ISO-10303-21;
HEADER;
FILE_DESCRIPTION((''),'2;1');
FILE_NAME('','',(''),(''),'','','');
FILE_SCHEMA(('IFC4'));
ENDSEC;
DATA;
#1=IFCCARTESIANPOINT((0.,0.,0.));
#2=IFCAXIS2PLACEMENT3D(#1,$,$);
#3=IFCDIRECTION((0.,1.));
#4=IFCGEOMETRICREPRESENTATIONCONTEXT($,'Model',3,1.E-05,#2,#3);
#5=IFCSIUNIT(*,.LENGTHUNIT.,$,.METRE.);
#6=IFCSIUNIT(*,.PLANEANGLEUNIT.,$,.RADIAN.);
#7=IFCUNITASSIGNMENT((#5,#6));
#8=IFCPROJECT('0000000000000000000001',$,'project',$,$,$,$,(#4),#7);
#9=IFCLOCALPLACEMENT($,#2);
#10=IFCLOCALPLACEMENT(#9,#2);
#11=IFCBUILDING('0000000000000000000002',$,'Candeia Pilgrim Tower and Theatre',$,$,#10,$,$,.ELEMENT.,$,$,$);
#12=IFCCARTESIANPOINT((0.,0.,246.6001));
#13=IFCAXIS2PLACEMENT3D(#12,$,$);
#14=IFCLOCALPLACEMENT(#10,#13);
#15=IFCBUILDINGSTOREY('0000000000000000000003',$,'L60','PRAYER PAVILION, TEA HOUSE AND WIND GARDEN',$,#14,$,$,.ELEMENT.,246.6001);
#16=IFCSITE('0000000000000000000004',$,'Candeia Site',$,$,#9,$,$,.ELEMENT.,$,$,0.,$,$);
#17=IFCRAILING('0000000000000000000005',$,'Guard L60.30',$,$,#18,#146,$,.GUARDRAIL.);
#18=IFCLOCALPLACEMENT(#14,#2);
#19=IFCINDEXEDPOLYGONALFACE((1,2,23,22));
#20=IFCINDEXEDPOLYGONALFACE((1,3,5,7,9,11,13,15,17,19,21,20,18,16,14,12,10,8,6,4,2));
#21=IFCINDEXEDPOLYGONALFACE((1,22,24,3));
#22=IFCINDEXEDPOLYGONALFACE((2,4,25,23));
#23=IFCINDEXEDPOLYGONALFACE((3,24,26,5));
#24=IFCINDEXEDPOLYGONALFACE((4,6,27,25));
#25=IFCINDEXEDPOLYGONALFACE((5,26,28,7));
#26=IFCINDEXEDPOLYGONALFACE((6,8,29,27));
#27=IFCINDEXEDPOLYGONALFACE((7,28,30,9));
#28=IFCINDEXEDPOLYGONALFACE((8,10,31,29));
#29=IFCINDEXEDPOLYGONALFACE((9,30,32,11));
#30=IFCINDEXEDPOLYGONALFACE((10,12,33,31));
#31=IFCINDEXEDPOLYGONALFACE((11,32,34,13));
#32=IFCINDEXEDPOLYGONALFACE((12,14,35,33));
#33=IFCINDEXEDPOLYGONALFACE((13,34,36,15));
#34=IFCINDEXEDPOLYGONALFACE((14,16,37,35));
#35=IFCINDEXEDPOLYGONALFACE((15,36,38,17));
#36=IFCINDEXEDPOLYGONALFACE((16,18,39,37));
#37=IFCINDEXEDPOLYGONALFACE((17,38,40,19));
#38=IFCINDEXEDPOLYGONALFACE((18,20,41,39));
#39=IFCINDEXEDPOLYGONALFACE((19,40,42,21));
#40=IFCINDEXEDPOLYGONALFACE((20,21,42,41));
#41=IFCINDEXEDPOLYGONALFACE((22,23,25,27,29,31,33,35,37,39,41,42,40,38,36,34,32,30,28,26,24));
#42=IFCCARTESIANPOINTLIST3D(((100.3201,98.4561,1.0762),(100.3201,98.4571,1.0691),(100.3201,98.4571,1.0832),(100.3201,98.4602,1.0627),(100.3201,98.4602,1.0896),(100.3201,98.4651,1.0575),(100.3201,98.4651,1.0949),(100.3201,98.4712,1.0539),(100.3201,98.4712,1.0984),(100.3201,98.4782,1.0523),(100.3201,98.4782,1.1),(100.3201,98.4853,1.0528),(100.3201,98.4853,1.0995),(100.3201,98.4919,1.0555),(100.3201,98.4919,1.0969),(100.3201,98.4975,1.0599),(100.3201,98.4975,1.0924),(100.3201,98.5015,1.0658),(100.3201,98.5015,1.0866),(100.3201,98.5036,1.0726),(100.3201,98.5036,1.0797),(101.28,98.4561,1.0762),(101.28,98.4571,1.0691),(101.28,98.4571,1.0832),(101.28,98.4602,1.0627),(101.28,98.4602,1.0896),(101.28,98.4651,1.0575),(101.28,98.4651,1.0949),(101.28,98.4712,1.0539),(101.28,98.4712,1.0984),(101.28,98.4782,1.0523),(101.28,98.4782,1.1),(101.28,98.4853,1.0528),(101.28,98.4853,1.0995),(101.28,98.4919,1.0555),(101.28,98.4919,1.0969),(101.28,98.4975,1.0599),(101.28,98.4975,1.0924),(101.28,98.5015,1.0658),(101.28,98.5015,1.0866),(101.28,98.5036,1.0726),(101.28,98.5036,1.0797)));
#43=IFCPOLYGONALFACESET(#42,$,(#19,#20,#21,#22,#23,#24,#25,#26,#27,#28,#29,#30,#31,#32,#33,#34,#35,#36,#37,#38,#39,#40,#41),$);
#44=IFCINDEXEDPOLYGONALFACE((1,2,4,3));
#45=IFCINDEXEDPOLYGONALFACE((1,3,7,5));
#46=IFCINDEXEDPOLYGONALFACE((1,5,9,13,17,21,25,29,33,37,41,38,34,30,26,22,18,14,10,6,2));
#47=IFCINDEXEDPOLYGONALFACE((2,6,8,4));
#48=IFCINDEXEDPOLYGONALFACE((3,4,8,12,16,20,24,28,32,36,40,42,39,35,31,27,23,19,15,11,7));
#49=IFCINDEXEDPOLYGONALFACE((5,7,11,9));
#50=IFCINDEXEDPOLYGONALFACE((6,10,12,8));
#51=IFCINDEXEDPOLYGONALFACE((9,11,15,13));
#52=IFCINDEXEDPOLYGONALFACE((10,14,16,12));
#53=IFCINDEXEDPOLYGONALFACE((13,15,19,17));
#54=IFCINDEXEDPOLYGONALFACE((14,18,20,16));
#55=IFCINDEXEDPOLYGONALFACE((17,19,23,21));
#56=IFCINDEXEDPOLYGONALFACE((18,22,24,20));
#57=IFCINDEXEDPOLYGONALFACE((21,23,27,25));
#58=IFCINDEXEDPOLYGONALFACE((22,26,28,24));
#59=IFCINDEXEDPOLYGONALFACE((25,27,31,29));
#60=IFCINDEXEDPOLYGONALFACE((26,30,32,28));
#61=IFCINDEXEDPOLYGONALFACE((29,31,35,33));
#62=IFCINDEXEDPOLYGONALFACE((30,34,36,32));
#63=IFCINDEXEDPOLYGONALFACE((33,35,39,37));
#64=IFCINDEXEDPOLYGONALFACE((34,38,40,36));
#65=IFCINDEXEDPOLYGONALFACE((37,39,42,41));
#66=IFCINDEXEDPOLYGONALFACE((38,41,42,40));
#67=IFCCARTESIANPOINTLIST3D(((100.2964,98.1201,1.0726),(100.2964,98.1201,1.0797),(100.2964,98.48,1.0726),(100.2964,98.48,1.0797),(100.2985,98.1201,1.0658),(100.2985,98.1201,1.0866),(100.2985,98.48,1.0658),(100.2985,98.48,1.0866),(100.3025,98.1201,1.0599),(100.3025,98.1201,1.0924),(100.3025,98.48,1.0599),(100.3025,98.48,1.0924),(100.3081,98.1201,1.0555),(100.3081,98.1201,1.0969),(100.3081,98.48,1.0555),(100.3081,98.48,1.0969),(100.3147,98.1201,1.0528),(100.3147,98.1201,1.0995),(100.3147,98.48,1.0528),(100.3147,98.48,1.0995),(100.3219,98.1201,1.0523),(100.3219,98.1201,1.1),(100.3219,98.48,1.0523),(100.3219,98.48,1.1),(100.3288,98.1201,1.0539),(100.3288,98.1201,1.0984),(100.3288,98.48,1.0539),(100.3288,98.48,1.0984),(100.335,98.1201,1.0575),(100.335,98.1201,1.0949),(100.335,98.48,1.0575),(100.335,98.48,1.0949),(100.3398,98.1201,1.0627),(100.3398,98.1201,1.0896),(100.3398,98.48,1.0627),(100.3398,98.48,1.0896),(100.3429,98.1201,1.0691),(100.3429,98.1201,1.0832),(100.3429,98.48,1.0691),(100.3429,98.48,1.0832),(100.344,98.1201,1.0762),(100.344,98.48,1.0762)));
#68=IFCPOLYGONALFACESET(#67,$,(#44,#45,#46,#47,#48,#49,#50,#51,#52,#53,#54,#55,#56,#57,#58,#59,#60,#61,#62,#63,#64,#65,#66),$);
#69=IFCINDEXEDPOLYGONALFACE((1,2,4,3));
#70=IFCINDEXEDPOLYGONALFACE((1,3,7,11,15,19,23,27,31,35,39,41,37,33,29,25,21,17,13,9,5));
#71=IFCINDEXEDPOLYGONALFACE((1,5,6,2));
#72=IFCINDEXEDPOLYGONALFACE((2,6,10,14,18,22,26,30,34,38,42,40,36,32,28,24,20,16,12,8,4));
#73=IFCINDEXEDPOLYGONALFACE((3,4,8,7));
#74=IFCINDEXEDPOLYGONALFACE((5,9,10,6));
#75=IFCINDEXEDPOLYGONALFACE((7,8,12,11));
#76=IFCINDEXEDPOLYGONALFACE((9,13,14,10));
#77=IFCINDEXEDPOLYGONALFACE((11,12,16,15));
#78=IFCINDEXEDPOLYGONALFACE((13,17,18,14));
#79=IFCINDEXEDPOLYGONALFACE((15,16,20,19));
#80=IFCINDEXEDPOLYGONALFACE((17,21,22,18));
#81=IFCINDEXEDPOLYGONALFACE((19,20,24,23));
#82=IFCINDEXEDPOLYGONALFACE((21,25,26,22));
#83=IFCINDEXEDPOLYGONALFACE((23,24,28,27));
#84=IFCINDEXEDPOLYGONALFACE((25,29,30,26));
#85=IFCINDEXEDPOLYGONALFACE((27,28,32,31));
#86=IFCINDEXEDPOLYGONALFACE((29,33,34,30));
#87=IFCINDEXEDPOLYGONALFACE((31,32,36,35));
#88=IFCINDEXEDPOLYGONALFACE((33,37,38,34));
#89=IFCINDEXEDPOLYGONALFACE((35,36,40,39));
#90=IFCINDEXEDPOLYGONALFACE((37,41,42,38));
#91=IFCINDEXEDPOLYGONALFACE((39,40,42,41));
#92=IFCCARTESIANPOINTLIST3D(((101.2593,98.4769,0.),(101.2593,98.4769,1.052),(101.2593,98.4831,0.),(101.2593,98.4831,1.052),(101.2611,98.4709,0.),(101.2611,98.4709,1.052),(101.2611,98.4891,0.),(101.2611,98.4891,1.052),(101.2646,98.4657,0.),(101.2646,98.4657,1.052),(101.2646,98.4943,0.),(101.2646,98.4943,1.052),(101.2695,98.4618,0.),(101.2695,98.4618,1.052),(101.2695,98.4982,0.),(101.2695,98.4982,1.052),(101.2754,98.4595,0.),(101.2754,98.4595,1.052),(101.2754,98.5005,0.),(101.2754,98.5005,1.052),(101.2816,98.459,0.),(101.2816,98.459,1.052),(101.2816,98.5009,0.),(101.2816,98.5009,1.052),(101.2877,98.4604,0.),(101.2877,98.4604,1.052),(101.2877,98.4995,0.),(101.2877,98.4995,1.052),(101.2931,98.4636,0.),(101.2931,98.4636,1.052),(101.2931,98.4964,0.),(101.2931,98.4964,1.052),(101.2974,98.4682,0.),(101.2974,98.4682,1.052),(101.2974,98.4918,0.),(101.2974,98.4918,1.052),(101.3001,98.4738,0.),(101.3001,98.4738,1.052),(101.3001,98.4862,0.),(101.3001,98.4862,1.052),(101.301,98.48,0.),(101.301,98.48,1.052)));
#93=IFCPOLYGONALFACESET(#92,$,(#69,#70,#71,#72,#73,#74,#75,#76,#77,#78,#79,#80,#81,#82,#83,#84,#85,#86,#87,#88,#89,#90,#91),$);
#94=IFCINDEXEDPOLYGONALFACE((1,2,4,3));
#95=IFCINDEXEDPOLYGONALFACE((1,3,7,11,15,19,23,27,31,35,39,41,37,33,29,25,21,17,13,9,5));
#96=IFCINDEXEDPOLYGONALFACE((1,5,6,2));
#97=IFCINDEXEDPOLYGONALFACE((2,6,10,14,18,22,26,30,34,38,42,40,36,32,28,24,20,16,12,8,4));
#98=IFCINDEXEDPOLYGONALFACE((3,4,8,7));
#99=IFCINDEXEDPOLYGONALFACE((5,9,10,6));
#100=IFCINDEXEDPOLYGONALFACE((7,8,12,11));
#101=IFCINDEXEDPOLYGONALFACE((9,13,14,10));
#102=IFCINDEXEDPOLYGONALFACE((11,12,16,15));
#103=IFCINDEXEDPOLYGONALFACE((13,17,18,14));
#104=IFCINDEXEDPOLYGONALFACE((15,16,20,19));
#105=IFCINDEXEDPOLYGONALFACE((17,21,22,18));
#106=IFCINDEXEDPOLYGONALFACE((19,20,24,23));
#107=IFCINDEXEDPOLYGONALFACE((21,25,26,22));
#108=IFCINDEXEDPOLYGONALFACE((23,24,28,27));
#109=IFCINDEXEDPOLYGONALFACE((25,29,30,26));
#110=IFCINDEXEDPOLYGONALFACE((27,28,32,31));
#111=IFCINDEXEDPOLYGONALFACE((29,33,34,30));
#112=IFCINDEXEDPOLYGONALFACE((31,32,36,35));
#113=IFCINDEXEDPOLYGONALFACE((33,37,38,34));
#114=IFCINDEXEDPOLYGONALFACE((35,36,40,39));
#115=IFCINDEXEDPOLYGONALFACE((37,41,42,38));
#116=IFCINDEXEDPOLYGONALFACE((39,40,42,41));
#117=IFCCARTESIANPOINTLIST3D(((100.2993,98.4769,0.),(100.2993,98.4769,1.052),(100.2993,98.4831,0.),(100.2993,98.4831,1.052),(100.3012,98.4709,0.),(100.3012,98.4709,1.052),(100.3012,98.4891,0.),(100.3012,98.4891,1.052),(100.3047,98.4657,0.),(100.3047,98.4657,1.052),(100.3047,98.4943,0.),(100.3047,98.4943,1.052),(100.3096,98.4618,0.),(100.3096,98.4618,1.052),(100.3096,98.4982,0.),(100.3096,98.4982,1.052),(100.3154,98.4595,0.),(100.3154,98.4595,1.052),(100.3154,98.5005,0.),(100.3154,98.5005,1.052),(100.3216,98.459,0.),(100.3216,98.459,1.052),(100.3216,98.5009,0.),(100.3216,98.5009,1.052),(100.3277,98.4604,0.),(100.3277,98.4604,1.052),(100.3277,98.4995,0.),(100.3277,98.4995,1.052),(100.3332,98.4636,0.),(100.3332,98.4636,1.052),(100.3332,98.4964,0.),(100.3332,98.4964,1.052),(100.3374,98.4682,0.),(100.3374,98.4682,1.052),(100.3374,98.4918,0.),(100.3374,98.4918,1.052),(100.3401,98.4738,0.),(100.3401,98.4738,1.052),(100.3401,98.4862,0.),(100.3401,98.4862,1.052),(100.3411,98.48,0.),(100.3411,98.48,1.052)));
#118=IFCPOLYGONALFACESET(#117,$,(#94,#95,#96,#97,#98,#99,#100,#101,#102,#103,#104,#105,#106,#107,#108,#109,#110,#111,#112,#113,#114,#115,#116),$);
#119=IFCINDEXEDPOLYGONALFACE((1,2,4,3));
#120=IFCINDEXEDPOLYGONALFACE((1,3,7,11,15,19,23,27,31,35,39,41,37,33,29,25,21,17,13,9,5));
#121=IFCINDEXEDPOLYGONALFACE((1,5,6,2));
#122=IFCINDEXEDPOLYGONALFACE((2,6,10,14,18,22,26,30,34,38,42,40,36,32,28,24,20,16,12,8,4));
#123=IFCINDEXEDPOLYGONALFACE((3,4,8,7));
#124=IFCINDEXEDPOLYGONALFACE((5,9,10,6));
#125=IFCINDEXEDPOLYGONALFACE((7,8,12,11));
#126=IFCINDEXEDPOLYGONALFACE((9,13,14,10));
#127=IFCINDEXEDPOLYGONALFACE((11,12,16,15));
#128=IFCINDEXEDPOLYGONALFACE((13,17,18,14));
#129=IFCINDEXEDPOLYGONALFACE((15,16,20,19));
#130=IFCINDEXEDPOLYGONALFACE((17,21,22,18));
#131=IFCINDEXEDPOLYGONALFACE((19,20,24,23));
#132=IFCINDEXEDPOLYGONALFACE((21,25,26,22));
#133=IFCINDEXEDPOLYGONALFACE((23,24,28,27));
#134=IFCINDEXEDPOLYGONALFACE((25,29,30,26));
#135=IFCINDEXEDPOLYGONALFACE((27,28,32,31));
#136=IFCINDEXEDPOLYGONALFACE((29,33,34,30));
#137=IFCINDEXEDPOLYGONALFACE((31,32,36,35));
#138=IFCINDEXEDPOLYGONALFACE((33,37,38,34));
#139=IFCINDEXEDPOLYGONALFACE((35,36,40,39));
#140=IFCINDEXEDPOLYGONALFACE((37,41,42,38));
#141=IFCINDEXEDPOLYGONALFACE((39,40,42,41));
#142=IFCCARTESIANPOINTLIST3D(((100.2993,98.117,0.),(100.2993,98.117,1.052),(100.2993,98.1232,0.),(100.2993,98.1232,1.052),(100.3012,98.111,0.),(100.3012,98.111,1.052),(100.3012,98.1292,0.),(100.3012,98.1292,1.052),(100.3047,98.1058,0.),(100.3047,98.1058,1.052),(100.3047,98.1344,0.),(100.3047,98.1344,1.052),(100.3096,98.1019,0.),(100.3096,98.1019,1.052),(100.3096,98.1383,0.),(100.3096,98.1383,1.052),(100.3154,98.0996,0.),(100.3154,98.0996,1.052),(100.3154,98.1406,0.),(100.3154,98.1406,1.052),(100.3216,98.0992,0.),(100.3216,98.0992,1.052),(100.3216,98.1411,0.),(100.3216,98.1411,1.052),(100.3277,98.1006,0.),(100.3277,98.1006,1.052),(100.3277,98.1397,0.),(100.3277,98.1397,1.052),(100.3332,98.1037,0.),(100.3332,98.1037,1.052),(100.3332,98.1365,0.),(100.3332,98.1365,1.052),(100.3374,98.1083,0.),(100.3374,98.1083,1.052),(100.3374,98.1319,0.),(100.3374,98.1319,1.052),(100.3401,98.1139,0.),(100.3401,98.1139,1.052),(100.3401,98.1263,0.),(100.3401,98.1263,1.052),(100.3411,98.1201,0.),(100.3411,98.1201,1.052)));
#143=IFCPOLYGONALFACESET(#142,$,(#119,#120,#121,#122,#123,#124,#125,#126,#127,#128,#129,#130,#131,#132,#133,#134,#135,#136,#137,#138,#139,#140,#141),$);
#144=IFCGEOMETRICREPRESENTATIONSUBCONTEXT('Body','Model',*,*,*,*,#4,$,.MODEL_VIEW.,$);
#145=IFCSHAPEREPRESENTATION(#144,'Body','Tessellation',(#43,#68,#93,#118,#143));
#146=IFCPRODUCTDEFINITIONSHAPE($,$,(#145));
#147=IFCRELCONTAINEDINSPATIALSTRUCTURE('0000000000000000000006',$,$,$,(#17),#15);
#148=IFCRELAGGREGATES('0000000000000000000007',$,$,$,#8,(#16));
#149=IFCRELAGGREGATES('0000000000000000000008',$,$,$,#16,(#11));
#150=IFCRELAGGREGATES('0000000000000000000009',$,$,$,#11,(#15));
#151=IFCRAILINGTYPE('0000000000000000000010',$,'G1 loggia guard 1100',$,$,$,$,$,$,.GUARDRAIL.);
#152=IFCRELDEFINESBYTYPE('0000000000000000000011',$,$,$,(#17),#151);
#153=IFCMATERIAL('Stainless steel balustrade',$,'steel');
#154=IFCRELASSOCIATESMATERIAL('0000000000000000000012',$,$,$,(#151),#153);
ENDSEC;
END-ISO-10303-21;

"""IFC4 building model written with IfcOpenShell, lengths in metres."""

from ifc_helpers import new_model, si_unit, direction, frame, origin, origin_2d, place, context, subcontext, project, spatial, circle, extrude, material, type_object, element, save


model = new_model("IFC4")

# Units and contexts
model_context = context("Model", 3, precision=1e-05, world=origin(), true_north=direction((0.0, 1.0)))
body_context = subcontext(model_context, "Body", "Model", "MODEL_VIEW")
ifc_project = project(units=[si_unit("LENGTHUNIT", "METRE"), si_unit("PLANEANGLEUNIT", "RADIAN")], contexts=[model_context])

# Site, building, storey
site_placement = place(None, origin())
site = spatial("IfcSite", under=ifc_project, at=site_placement, Name="Candeia Site", CompositionType="ELEMENT", RefElevation=0.0)
building_placement = place(site_placement, origin())
building = spatial("IfcBuilding", under=site, at=building_placement, Name="Candeia Pilgrim Tower and Theatre", CompositionType="ELEMENT")
storey_placement = place(building_placement, frame((0.0, 0.0, 246.6001)))
storey = spatial("IfcBuildingStorey", under=building, at=storey_placement, Name="L60", Description="PRAYER PAVILION, TEA HOUSE AND WIND GARDEN", CompositionType="ELEMENT", Elevation=246.6001)

# Railing
ifc_material_1 = material(Name="Stainless steel balustrade", Category="steel")
railing_type = type_object("IfcRailingType", Name="G1 loggia guard 1100", PredefinedType="GUARDRAIL", material=ifc_material_1)
railing_1_placement = place(storey_placement, frame((101.28, 98.48, 0.0)))
element("IfcRailing", 1, at=railing_1_placement, inside=storey, type_object=railing_type, Name="Guard L60.30", PredefinedType="GUARDRAIL", context=body_context, shape_type="SweptSolid", body=[
    extrude(circle(Radius=0.0239, at=origin_2d()), frame((0.0, 0.0, 1.0762), z_axis=(-1.0, 0.0, 0.0), x_axis=(0.0, -1.0, 0.0)), (0.0, 0.0, 1.0), 0.96),
    extrude(circle(Radius=0.0239, at=origin_2d()), frame((-0.96, 0.0, 1.0762), z_axis=(0.0, -1.0, 0.0), x_axis=(1.0, 0.0, 0.0)), (0.0, 0.0, 1.0), 0.3599),
    extrude(circle(Radius=0.021, at=origin_2d()), origin(), (0.0, 0.0, 1.0), 1.052),
    extrude(circle(Radius=0.021, at=origin_2d()), frame((-0.96, 0.0, 0.0)), (0.0, 0.0, 1.0), 1.052),
    extrude(circle(Radius=0.021, at=origin_2d()), frame((-0.96, -0.3599, 0.0)), (0.0, 0.0, 1.0), 1.052),
])

save(model, "model.ifc")
